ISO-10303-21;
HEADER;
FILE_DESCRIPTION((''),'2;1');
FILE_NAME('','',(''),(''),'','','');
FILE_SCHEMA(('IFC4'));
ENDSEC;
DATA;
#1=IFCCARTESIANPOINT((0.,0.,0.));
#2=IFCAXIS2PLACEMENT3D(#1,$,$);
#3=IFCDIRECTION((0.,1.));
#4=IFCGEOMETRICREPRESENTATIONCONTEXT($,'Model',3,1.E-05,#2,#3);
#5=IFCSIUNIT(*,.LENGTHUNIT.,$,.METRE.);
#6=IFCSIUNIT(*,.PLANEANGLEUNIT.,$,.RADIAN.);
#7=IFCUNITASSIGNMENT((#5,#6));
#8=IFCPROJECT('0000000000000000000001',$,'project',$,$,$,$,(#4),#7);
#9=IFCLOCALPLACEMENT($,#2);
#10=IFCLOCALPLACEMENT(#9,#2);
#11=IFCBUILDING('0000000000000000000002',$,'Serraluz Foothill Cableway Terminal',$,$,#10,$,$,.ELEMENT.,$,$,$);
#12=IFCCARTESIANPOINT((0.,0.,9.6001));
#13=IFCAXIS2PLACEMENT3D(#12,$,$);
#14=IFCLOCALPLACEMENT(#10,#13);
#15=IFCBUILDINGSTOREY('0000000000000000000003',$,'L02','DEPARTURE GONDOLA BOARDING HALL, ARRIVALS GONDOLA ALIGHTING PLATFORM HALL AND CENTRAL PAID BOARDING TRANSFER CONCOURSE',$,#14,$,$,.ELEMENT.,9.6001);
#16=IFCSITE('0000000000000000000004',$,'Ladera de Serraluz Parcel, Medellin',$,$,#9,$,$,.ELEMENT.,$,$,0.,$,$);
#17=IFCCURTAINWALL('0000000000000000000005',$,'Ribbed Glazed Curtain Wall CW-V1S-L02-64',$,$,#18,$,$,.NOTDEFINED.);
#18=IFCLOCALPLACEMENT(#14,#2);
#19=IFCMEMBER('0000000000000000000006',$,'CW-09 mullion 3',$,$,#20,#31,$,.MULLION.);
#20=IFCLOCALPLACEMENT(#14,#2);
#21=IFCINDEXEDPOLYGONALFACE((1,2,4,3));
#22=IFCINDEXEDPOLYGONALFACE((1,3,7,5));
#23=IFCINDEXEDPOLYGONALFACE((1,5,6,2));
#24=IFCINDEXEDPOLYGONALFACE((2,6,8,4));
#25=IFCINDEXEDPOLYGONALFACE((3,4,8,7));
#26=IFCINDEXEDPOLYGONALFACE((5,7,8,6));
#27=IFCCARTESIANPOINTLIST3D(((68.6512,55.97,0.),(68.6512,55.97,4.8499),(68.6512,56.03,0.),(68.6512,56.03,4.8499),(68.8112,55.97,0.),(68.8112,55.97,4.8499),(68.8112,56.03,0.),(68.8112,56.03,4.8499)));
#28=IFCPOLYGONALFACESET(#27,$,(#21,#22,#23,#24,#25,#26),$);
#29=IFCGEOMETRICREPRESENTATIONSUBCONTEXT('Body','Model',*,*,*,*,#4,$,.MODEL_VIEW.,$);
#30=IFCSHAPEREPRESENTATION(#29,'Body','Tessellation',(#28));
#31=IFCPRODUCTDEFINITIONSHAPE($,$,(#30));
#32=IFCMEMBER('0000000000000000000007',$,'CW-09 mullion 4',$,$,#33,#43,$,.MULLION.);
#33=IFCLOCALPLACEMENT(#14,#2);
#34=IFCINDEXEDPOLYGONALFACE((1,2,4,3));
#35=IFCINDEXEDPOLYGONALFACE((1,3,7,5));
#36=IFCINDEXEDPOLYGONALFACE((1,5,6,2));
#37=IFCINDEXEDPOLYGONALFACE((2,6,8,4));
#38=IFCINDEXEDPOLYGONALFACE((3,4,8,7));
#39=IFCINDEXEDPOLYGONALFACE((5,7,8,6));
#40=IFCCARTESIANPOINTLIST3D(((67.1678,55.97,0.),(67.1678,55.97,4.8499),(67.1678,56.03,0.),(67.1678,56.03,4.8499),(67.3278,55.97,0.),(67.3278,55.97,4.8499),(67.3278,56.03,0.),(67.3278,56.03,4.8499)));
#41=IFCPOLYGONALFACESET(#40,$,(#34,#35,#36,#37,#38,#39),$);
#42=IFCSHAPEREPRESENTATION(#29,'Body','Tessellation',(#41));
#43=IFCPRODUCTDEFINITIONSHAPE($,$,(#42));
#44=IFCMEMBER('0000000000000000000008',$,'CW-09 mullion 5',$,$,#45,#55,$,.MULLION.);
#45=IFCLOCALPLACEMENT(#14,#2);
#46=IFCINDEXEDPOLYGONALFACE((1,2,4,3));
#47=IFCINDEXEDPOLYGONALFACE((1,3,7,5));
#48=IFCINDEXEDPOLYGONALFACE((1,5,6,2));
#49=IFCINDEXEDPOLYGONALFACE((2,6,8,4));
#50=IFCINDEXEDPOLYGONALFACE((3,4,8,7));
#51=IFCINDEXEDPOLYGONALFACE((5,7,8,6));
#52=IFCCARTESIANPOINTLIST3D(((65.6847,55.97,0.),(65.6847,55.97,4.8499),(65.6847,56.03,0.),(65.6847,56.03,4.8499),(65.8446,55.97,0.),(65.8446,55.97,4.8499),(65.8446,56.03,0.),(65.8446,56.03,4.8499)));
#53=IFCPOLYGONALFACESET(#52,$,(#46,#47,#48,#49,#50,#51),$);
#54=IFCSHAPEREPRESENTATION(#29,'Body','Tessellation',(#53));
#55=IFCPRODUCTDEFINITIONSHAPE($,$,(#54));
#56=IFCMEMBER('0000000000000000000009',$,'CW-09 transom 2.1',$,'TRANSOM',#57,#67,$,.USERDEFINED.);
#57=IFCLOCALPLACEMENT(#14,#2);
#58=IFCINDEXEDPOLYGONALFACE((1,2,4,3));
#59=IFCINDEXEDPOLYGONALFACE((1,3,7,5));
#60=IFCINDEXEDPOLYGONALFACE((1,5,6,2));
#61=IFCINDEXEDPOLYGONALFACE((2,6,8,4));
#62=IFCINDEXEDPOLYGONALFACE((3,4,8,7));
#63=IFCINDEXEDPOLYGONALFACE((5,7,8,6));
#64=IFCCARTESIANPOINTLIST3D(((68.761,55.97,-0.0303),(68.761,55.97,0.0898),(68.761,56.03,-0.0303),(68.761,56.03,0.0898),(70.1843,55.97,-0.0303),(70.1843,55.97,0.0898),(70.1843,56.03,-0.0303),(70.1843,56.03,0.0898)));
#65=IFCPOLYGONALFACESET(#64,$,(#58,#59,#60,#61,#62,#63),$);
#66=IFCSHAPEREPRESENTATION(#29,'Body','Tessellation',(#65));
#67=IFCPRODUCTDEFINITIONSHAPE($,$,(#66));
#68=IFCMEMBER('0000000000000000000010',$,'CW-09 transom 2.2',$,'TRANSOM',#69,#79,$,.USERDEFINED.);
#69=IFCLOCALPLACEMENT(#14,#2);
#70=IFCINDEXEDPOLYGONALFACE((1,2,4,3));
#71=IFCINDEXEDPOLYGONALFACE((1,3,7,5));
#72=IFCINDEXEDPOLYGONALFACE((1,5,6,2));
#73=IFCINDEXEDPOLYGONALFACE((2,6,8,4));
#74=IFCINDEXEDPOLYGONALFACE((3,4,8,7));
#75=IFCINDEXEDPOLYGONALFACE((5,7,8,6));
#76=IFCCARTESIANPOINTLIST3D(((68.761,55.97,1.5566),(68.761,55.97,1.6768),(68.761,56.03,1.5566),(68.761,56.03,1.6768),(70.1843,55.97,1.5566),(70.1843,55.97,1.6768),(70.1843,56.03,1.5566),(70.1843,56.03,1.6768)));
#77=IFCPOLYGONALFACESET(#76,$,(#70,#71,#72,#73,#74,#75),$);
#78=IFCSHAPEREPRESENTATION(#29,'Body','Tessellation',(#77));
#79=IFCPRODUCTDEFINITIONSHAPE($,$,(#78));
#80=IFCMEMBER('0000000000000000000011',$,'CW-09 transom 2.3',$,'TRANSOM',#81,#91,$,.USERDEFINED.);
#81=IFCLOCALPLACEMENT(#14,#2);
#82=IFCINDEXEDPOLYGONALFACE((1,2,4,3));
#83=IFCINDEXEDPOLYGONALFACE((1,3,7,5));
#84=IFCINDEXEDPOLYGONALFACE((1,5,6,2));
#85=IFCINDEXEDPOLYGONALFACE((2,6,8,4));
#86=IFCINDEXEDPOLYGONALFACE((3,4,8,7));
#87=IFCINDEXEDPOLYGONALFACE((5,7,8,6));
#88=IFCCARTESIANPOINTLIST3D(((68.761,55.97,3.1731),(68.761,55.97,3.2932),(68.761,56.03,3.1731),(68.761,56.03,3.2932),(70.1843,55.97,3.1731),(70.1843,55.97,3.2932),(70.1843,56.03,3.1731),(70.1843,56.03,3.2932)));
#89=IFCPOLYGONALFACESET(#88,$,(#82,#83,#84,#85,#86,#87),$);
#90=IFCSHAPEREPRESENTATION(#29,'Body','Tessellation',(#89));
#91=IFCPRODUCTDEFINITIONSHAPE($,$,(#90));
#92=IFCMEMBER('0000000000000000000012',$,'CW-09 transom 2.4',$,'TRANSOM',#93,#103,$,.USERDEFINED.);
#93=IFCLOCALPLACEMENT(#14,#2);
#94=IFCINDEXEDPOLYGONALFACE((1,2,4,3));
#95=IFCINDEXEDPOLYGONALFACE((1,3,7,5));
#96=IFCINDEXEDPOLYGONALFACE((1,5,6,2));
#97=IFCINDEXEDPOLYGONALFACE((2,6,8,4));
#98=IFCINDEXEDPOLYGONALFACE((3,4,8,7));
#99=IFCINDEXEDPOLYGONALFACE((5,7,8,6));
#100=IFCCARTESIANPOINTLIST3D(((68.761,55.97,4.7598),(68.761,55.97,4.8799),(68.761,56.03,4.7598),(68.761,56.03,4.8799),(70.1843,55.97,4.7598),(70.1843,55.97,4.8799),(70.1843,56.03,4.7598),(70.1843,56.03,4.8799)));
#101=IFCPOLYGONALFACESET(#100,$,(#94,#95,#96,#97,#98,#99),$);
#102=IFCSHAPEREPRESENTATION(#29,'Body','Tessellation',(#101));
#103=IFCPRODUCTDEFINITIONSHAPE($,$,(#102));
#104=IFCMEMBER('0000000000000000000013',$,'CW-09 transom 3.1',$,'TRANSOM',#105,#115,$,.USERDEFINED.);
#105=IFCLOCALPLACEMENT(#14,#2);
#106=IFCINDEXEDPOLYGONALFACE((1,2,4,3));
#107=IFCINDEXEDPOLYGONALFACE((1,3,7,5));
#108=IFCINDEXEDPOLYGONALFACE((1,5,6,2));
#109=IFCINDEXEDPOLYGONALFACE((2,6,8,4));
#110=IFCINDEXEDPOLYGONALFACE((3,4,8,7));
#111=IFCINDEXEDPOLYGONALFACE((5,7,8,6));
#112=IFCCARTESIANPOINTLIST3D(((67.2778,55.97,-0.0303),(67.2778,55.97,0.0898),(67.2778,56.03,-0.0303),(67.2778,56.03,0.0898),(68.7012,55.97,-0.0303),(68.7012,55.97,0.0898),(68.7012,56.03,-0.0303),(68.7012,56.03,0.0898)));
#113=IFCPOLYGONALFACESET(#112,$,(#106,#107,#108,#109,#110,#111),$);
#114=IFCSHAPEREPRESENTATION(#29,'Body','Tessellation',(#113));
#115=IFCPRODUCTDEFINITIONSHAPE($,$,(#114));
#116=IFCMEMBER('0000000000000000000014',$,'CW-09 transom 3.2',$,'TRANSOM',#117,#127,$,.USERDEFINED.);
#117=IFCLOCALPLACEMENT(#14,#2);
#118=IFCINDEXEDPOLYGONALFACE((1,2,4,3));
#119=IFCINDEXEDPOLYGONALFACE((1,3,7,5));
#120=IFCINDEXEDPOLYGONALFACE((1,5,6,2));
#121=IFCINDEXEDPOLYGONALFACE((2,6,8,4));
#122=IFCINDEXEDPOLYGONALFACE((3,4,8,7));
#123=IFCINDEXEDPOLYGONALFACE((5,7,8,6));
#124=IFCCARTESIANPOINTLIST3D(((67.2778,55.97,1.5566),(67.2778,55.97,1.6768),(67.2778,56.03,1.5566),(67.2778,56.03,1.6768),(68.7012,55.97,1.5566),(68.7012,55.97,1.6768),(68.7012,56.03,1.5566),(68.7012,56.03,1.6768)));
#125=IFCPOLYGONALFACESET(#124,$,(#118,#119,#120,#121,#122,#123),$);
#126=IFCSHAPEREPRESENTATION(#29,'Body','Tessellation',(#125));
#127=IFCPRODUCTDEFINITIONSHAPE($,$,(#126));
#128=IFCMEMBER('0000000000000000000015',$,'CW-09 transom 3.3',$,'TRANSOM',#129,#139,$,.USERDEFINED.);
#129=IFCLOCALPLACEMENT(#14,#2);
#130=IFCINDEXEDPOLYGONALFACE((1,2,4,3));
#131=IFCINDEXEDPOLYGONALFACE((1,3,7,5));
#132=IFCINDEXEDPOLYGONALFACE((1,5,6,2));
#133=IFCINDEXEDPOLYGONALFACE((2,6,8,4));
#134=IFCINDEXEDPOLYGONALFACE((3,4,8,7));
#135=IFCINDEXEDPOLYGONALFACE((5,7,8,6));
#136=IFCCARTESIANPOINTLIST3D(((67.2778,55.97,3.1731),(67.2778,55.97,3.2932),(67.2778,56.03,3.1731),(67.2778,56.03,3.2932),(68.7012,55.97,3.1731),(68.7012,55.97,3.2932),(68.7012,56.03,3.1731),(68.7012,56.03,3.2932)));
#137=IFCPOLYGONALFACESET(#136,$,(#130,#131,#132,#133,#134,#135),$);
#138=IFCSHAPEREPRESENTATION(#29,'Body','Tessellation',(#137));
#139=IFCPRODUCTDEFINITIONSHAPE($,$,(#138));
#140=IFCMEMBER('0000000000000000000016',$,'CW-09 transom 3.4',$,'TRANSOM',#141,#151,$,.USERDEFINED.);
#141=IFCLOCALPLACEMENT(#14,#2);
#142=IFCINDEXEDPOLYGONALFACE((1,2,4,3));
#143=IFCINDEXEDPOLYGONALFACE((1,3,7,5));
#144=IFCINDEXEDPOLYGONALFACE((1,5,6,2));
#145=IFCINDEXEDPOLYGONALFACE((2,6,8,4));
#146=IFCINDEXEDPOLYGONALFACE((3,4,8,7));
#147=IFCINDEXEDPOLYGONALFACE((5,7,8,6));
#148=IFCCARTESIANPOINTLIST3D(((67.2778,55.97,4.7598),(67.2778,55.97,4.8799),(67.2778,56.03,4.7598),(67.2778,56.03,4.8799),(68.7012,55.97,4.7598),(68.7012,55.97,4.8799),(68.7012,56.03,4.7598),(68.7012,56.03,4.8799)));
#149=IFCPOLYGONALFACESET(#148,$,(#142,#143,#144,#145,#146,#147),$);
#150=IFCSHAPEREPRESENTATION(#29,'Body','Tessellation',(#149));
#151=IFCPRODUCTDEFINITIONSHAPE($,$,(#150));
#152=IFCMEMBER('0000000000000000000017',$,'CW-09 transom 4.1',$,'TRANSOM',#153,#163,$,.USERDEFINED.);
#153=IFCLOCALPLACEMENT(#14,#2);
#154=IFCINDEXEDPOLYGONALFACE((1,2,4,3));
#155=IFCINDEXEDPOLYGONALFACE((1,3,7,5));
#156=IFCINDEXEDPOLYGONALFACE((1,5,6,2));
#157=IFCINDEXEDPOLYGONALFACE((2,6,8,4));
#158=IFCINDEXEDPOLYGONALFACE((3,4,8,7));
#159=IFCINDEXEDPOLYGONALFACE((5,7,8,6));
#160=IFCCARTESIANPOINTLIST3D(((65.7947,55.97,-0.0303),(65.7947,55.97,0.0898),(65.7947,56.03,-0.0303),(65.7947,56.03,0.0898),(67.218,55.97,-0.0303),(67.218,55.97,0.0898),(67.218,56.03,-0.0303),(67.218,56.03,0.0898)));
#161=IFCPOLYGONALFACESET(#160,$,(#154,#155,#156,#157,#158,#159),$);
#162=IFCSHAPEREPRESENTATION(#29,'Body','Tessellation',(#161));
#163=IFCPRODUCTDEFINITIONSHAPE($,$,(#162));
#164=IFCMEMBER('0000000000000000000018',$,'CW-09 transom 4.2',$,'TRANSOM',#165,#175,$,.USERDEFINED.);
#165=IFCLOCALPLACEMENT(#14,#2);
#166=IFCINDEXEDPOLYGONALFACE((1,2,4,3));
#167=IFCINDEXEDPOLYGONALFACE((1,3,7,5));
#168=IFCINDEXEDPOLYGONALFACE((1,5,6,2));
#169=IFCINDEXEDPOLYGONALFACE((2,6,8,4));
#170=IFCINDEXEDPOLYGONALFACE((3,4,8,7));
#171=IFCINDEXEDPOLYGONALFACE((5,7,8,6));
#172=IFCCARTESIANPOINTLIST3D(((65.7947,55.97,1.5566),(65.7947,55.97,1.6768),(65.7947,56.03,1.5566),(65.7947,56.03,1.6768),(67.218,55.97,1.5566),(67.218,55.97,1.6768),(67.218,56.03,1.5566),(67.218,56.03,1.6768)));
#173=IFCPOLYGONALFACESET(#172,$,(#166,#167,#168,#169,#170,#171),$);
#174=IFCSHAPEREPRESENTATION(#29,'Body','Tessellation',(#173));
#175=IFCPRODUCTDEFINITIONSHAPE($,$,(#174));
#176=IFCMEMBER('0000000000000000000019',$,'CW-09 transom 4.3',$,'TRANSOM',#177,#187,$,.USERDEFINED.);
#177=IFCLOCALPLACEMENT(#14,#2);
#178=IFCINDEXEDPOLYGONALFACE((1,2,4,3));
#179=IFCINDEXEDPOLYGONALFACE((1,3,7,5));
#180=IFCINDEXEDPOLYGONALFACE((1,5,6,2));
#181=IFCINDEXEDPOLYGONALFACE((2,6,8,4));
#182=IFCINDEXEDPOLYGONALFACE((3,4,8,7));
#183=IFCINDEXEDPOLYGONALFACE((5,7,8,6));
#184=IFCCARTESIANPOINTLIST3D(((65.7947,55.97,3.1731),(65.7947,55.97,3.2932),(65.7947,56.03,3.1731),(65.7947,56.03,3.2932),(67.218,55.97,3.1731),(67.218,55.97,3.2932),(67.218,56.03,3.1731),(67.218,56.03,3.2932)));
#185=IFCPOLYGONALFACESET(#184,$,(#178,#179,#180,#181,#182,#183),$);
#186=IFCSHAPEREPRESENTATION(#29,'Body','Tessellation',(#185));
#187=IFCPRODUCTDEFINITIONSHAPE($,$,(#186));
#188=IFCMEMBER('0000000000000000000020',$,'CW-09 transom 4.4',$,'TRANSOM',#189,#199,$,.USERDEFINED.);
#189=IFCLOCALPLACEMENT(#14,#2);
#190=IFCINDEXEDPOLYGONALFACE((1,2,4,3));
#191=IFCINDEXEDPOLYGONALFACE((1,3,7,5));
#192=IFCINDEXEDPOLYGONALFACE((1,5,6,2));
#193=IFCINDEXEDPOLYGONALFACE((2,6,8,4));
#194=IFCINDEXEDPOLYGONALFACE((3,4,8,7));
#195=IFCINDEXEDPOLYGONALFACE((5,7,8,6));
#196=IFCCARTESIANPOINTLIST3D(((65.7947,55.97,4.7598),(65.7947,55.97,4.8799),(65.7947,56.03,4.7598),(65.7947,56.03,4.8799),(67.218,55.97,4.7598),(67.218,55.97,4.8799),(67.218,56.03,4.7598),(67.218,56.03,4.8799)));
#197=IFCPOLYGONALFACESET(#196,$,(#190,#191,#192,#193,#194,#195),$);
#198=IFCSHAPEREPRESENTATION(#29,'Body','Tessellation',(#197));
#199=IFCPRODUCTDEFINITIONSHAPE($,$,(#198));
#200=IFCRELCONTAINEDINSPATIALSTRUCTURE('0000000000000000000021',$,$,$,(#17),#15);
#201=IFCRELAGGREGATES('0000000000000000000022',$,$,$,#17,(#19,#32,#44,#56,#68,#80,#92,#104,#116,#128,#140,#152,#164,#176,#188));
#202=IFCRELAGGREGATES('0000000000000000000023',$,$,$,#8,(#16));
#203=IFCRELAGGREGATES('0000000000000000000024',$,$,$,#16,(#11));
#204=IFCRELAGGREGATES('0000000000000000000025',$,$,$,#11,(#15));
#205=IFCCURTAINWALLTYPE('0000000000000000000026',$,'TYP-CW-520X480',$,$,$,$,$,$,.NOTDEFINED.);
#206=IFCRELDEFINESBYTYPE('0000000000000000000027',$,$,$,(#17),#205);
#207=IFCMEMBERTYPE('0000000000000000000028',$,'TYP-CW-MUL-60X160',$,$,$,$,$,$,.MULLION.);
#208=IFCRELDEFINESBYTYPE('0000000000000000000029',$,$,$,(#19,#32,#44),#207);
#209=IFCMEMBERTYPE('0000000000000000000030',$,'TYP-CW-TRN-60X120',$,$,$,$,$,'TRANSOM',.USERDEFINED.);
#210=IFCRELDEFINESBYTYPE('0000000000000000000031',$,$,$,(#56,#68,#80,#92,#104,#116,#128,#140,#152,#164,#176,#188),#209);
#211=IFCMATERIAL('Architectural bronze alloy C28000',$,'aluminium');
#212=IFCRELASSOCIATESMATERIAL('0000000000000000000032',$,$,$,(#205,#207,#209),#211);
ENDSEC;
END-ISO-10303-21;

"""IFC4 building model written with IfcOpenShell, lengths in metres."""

from ifc_helpers import new_model, si_unit, direction, frame, origin, origin_2d, place, context, subcontext, project, spatial, rectangle, extrude, material, material_profile, profile_set, type_object, element, aggregate, save


model = new_model("IFC4")

# Units and contexts
model_context = context("Model", 3, precision=1e-05, world=origin(), true_north=direction((0.0, 1.0)))
body_context = subcontext(model_context, "Body", "Model", "MODEL_VIEW")
ifc_project = project(units=[si_unit("LENGTHUNIT", "METRE"), si_unit("PLANEANGLEUNIT", "RADIAN")], contexts=[model_context])

# Site, building, storey
site_placement = place(None, origin())
site = spatial("IfcSite", under=ifc_project, at=site_placement, Name="Ladera de Serraluz Parcel, Medellin", CompositionType="ELEMENT", RefElevation=0.0)
building_placement = place(site_placement, origin())
building = spatial("IfcBuilding", under=site, at=building_placement, Name="Serraluz Foothill Cableway Terminal", CompositionType="ELEMENT")
storey_placement = place(building_placement, frame((0.0, 0.0, 9.6001)))
storey = spatial("IfcBuildingStorey", under=building, at=storey_placement, Name="L02", Description="DEPARTURE GONDOLA BOARDING HALL, ARRIVALS GONDOLA ALIGHTING PLATFORM HALL AND CENTRAL PAID BOARDING TRANSFER CONCOURSE", CompositionType="ELEMENT", Elevation=9.6001)

# Curtain wall, members
ifc_material_1 = material(Name="Architectural bronze alloy C28000", Category="aluminium")
curtain_wall_type = type_object("IfcCurtainWallType", Name="TYP-CW-520X480", PredefinedType="NOTDEFINED", material=ifc_material_1)
curtain_wall_placement = place(storey_placement, origin())
curtain_wall = element("IfcCurtainWall", 1, at=curtain_wall_placement, inside=storey, type_object=curtain_wall_type, Name="Ribbed Glazed Curtain Wall CW-V1S-L02-64", PredefinedType="NOTDEFINED")
ifc_material_profile_1 = material_profile(ifc_material_1, rectangle(XDim=0.0601, YDim=0.1599, at=origin_2d()), Name="ALU MULLION 60x160")
ifc_profile_set_1 = profile_set([ifc_material_profile_1], Name="Architectural bronze alloy C28000")
member_type_1 = type_object("IfcMemberType", Name="TYP-CW-MUL-60X160", PredefinedType="MULLION", material=ifc_profile_set_1)
member_1_placement = place(storey_placement, frame((68.7312, 56.0, 0.0), z_axis=(0.0, 0.0, 1.0), x_axis=(0.0, -1.0, 0.0)))
member_1 = element("IfcMember", 2, at=member_1_placement, type_object=member_type_1, Name="CW-09 mullion 3", PredefinedType="MULLION", context=body_context, shape_type="SweptSolid", body=[
    extrude(rectangle(XDim=0.0601, YDim=0.1599, at=origin_2d()), origin(), (0.0, 0.0, 1.0), 4.8499),
])
member_2_placement = place(storey_placement, frame((67.2478, 56.0, 0.0), z_axis=(0.0, 0.0, 1.0), x_axis=(0.0, -1.0, 0.0)))
member_2 = element("IfcMember", 3, at=member_2_placement, type_object=member_type_1, Name="CW-09 mullion 4", PredefinedType="MULLION", context=body_context, shape_type="SweptSolid", body=[
    extrude(rectangle(XDim=0.0601, YDim=0.1599, at=origin_2d()), origin(), (0.0, 0.0, 1.0), 4.8499),
])
member_3_placement = place(storey_placement, frame((65.7646, 56.0, 0.0), z_axis=(0.0, 0.0, 1.0), x_axis=(0.0, -1.0, 0.0)))
member_3 = element("IfcMember", 4, at=member_3_placement, type_object=member_type_1, Name="CW-09 mullion 5", PredefinedType="MULLION", context=body_context, shape_type="SweptSolid", body=[
    extrude(rectangle(XDim=0.0601, YDim=0.1599, at=origin_2d()), origin(), (0.0, 0.0, 1.0), 4.8499),
])
ifc_material_profile_2 = material_profile(ifc_material_1, rectangle(XDim=0.0601, YDim=0.1201, at=origin_2d()), Name="ALU TRANSOM 60x120")
ifc_profile_set_2 = profile_set([ifc_material_profile_2], Name="Architectural bronze alloy C28000")
member_type_2 = type_object("IfcMemberType", Name="TYP-CW-TRN-60X120", ElementType="TRANSOM", PredefinedType="USERDEFINED", material=ifc_profile_set_2)
member_4_placement = place(storey_placement, frame((70.1843, 56.0, 0.0298), z_axis=(-1.0, 0.0, 0.0), x_axis=(0.0, -1.0, 0.0)))
member_4 = element("IfcMember", 5, at=member_4_placement, type_object=member_type_2, Name="CW-09 transom 2.1", ObjectType="TRANSOM", PredefinedType="USERDEFINED", context=body_context, shape_type="SweptSolid", body=[
    extrude(rectangle(XDim=0.0601, YDim=0.1201, at=origin_2d()), origin(), (0.0, 0.0, 1.0), 1.4233),
])
member_5_placement = place(storey_placement, frame((70.1843, 56.0, 1.6167), z_axis=(-1.0, 0.0, 0.0), x_axis=(0.0, -1.0, 0.0)))
member_5 = element("IfcMember", 6, at=member_5_placement, type_object=member_type_2, Name="CW-09 transom 2.2", ObjectType="TRANSOM", PredefinedType="USERDEFINED", context=body_context, shape_type="SweptSolid", body=[
    extrude(rectangle(XDim=0.0601, YDim=0.1201, at=origin_2d()), origin(), (0.0, 0.0, 1.0), 1.4233),
])
member_6_placement = place(storey_placement, frame((70.1843, 56.0, 3.2332), z_axis=(-1.0, 0.0, 0.0), x_axis=(0.0, -1.0, 0.0)))
member_6 = element("IfcMember", 7, at=member_6_placement, type_object=member_type_2, Name="CW-09 transom 2.3", ObjectType="TRANSOM", PredefinedType="USERDEFINED", context=body_context, shape_type="SweptSolid", body=[
    extrude(rectangle(XDim=0.0601, YDim=0.1201, at=origin_2d()), origin(), (0.0, 0.0, 1.0), 1.4233),
])
member_7_placement = place(storey_placement, frame((70.1843, 56.0, 4.8198), z_axis=(-1.0, 0.0, 0.0), x_axis=(0.0, -1.0, 0.0)))
member_7 = element("IfcMember", 8, at=member_7_placement, type_object=member_type_2, Name="CW-09 transom 2.4", ObjectType="TRANSOM", PredefinedType="USERDEFINED", context=body_context, shape_type="SweptSolid", body=[
    extrude(rectangle(XDim=0.0601, YDim=0.1201, at=origin_2d()), origin(), (0.0, 0.0, 1.0), 1.4233),
])
member_8_placement = place(storey_placement, frame((68.7012, 56.0, 0.0298), z_axis=(-1.0, 0.0, 0.0), x_axis=(0.0, -1.0, 0.0)))
member_8 = element("IfcMember", 9, at=member_8_placement, type_object=member_type_2, Name="CW-09 transom 3.1", ObjectType="TRANSOM", PredefinedType="USERDEFINED", context=body_context, shape_type="SweptSolid", body=[
    extrude(rectangle(XDim=0.0601, YDim=0.1201, at=origin_2d()), origin(), (0.0, 0.0, 1.0), 1.4233),
])
member_9_placement = place(storey_placement, frame((68.7012, 56.0, 1.6167), z_axis=(-1.0, 0.0, 0.0), x_axis=(0.0, -1.0, 0.0)))
member_9 = element("IfcMember", 10, at=member_9_placement, type_object=member_type_2, Name="CW-09 transom 3.2", ObjectType="TRANSOM", PredefinedType="USERDEFINED", context=body_context, shape_type="SweptSolid", body=[
    extrude(rectangle(XDim=0.0601, YDim=0.1201, at=origin_2d()), origin(), (0.0, 0.0, 1.0), 1.4233),
])
member_10_placement = place(storey_placement, frame((68.7012, 56.0, 3.2332), z_axis=(-1.0, 0.0, 0.0), x_axis=(0.0, -1.0, 0.0)))
member_10 = element("IfcMember", 11, at=member_10_placement, type_object=member_type_2, Name="CW-09 transom 3.3", ObjectType="TRANSOM", PredefinedType="USERDEFINED", context=body_context, shape_type="SweptSolid", body=[
    extrude(rectangle(XDim=0.0601, YDim=0.1201, at=origin_2d()), origin(), (0.0, 0.0, 1.0), 1.4233),
])
member_11_placement = place(storey_placement, frame((68.7012, 56.0, 4.8198), z_axis=(-1.0, 0.0, 0.0), x_axis=(0.0, -1.0, 0.0)))
member_11 = element("IfcMember", 12, at=member_11_placement, type_object=member_type_2, Name="CW-09 transom 3.4", ObjectType="TRANSOM", PredefinedType="USERDEFINED", context=body_context, shape_type="SweptSolid", body=[
    extrude(rectangle(XDim=0.0601, YDim=0.1201, at=origin_2d()), origin(), (0.0, 0.0, 1.0), 1.4233),
])
member_12_placement = place(storey_placement, frame((67.218, 56.0, 0.0298), z_axis=(-1.0, 0.0, 0.0), x_axis=(0.0, -1.0, 0.0)))
member_12 = element("IfcMember", 13, at=member_12_placement, type_object=member_type_2, Name="CW-09 transom 4.1", ObjectType="TRANSOM", PredefinedType="USERDEFINED", context=body_context, shape_type="SweptSolid", body=[
    extrude(rectangle(XDim=0.0601, YDim=0.1201, at=origin_2d()), origin(), (0.0, 0.0, 1.0), 1.4233),
])
member_13_placement = place(storey_placement, frame((67.218, 56.0, 1.6167), z_axis=(-1.0, 0.0, 0.0), x_axis=(0.0, -1.0, 0.0)))
member_13 = element("IfcMember", 14, at=member_13_placement, type_object=member_type_2, Name="CW-09 transom 4.2", ObjectType="TRANSOM", PredefinedType="USERDEFINED", context=body_context, shape_type="SweptSolid", body=[
    extrude(rectangle(XDim=0.0601, YDim=0.1201, at=origin_2d()), origin(), (0.0, 0.0, 1.0), 1.4233),
])
member_14_placement = place(storey_placement, frame((67.218, 56.0, 3.2332), z_axis=(-1.0, 0.0, 0.0), x_axis=(0.0, -1.0, 0.0)))
member_14 = element("IfcMember", 15, at=member_14_placement, type_object=member_type_2, Name="CW-09 transom 4.3", ObjectType="TRANSOM", PredefinedType="USERDEFINED", context=body_context, shape_type="SweptSolid", body=[
    extrude(rectangle(XDim=0.0601, YDim=0.1201, at=origin_2d()), origin(), (0.0, 0.0, 1.0), 1.4233),
])
member_15_placement = place(storey_placement, frame((67.218, 56.0, 4.8198), z_axis=(-1.0, 0.0, 0.0), x_axis=(0.0, -1.0, 0.0)))
member_15 = element("IfcMember", 16, at=member_15_placement, type_object=member_type_2, Name="CW-09 transom 4.4", ObjectType="TRANSOM", PredefinedType="USERDEFINED", context=body_context, shape_type="SweptSolid", body=[
    extrude(rectangle(XDim=0.0601, YDim=0.1201, at=origin_2d()), origin(), (0.0, 0.0, 1.0), 1.4233),
])
aggregate(curtain_wall, [member_1, member_2, member_3, member_4, member_5, member_6, member_7, member_8, member_9, member_10, member_11, member_12, member_13, member_14, member_15])

save(model, "model.ifc")
